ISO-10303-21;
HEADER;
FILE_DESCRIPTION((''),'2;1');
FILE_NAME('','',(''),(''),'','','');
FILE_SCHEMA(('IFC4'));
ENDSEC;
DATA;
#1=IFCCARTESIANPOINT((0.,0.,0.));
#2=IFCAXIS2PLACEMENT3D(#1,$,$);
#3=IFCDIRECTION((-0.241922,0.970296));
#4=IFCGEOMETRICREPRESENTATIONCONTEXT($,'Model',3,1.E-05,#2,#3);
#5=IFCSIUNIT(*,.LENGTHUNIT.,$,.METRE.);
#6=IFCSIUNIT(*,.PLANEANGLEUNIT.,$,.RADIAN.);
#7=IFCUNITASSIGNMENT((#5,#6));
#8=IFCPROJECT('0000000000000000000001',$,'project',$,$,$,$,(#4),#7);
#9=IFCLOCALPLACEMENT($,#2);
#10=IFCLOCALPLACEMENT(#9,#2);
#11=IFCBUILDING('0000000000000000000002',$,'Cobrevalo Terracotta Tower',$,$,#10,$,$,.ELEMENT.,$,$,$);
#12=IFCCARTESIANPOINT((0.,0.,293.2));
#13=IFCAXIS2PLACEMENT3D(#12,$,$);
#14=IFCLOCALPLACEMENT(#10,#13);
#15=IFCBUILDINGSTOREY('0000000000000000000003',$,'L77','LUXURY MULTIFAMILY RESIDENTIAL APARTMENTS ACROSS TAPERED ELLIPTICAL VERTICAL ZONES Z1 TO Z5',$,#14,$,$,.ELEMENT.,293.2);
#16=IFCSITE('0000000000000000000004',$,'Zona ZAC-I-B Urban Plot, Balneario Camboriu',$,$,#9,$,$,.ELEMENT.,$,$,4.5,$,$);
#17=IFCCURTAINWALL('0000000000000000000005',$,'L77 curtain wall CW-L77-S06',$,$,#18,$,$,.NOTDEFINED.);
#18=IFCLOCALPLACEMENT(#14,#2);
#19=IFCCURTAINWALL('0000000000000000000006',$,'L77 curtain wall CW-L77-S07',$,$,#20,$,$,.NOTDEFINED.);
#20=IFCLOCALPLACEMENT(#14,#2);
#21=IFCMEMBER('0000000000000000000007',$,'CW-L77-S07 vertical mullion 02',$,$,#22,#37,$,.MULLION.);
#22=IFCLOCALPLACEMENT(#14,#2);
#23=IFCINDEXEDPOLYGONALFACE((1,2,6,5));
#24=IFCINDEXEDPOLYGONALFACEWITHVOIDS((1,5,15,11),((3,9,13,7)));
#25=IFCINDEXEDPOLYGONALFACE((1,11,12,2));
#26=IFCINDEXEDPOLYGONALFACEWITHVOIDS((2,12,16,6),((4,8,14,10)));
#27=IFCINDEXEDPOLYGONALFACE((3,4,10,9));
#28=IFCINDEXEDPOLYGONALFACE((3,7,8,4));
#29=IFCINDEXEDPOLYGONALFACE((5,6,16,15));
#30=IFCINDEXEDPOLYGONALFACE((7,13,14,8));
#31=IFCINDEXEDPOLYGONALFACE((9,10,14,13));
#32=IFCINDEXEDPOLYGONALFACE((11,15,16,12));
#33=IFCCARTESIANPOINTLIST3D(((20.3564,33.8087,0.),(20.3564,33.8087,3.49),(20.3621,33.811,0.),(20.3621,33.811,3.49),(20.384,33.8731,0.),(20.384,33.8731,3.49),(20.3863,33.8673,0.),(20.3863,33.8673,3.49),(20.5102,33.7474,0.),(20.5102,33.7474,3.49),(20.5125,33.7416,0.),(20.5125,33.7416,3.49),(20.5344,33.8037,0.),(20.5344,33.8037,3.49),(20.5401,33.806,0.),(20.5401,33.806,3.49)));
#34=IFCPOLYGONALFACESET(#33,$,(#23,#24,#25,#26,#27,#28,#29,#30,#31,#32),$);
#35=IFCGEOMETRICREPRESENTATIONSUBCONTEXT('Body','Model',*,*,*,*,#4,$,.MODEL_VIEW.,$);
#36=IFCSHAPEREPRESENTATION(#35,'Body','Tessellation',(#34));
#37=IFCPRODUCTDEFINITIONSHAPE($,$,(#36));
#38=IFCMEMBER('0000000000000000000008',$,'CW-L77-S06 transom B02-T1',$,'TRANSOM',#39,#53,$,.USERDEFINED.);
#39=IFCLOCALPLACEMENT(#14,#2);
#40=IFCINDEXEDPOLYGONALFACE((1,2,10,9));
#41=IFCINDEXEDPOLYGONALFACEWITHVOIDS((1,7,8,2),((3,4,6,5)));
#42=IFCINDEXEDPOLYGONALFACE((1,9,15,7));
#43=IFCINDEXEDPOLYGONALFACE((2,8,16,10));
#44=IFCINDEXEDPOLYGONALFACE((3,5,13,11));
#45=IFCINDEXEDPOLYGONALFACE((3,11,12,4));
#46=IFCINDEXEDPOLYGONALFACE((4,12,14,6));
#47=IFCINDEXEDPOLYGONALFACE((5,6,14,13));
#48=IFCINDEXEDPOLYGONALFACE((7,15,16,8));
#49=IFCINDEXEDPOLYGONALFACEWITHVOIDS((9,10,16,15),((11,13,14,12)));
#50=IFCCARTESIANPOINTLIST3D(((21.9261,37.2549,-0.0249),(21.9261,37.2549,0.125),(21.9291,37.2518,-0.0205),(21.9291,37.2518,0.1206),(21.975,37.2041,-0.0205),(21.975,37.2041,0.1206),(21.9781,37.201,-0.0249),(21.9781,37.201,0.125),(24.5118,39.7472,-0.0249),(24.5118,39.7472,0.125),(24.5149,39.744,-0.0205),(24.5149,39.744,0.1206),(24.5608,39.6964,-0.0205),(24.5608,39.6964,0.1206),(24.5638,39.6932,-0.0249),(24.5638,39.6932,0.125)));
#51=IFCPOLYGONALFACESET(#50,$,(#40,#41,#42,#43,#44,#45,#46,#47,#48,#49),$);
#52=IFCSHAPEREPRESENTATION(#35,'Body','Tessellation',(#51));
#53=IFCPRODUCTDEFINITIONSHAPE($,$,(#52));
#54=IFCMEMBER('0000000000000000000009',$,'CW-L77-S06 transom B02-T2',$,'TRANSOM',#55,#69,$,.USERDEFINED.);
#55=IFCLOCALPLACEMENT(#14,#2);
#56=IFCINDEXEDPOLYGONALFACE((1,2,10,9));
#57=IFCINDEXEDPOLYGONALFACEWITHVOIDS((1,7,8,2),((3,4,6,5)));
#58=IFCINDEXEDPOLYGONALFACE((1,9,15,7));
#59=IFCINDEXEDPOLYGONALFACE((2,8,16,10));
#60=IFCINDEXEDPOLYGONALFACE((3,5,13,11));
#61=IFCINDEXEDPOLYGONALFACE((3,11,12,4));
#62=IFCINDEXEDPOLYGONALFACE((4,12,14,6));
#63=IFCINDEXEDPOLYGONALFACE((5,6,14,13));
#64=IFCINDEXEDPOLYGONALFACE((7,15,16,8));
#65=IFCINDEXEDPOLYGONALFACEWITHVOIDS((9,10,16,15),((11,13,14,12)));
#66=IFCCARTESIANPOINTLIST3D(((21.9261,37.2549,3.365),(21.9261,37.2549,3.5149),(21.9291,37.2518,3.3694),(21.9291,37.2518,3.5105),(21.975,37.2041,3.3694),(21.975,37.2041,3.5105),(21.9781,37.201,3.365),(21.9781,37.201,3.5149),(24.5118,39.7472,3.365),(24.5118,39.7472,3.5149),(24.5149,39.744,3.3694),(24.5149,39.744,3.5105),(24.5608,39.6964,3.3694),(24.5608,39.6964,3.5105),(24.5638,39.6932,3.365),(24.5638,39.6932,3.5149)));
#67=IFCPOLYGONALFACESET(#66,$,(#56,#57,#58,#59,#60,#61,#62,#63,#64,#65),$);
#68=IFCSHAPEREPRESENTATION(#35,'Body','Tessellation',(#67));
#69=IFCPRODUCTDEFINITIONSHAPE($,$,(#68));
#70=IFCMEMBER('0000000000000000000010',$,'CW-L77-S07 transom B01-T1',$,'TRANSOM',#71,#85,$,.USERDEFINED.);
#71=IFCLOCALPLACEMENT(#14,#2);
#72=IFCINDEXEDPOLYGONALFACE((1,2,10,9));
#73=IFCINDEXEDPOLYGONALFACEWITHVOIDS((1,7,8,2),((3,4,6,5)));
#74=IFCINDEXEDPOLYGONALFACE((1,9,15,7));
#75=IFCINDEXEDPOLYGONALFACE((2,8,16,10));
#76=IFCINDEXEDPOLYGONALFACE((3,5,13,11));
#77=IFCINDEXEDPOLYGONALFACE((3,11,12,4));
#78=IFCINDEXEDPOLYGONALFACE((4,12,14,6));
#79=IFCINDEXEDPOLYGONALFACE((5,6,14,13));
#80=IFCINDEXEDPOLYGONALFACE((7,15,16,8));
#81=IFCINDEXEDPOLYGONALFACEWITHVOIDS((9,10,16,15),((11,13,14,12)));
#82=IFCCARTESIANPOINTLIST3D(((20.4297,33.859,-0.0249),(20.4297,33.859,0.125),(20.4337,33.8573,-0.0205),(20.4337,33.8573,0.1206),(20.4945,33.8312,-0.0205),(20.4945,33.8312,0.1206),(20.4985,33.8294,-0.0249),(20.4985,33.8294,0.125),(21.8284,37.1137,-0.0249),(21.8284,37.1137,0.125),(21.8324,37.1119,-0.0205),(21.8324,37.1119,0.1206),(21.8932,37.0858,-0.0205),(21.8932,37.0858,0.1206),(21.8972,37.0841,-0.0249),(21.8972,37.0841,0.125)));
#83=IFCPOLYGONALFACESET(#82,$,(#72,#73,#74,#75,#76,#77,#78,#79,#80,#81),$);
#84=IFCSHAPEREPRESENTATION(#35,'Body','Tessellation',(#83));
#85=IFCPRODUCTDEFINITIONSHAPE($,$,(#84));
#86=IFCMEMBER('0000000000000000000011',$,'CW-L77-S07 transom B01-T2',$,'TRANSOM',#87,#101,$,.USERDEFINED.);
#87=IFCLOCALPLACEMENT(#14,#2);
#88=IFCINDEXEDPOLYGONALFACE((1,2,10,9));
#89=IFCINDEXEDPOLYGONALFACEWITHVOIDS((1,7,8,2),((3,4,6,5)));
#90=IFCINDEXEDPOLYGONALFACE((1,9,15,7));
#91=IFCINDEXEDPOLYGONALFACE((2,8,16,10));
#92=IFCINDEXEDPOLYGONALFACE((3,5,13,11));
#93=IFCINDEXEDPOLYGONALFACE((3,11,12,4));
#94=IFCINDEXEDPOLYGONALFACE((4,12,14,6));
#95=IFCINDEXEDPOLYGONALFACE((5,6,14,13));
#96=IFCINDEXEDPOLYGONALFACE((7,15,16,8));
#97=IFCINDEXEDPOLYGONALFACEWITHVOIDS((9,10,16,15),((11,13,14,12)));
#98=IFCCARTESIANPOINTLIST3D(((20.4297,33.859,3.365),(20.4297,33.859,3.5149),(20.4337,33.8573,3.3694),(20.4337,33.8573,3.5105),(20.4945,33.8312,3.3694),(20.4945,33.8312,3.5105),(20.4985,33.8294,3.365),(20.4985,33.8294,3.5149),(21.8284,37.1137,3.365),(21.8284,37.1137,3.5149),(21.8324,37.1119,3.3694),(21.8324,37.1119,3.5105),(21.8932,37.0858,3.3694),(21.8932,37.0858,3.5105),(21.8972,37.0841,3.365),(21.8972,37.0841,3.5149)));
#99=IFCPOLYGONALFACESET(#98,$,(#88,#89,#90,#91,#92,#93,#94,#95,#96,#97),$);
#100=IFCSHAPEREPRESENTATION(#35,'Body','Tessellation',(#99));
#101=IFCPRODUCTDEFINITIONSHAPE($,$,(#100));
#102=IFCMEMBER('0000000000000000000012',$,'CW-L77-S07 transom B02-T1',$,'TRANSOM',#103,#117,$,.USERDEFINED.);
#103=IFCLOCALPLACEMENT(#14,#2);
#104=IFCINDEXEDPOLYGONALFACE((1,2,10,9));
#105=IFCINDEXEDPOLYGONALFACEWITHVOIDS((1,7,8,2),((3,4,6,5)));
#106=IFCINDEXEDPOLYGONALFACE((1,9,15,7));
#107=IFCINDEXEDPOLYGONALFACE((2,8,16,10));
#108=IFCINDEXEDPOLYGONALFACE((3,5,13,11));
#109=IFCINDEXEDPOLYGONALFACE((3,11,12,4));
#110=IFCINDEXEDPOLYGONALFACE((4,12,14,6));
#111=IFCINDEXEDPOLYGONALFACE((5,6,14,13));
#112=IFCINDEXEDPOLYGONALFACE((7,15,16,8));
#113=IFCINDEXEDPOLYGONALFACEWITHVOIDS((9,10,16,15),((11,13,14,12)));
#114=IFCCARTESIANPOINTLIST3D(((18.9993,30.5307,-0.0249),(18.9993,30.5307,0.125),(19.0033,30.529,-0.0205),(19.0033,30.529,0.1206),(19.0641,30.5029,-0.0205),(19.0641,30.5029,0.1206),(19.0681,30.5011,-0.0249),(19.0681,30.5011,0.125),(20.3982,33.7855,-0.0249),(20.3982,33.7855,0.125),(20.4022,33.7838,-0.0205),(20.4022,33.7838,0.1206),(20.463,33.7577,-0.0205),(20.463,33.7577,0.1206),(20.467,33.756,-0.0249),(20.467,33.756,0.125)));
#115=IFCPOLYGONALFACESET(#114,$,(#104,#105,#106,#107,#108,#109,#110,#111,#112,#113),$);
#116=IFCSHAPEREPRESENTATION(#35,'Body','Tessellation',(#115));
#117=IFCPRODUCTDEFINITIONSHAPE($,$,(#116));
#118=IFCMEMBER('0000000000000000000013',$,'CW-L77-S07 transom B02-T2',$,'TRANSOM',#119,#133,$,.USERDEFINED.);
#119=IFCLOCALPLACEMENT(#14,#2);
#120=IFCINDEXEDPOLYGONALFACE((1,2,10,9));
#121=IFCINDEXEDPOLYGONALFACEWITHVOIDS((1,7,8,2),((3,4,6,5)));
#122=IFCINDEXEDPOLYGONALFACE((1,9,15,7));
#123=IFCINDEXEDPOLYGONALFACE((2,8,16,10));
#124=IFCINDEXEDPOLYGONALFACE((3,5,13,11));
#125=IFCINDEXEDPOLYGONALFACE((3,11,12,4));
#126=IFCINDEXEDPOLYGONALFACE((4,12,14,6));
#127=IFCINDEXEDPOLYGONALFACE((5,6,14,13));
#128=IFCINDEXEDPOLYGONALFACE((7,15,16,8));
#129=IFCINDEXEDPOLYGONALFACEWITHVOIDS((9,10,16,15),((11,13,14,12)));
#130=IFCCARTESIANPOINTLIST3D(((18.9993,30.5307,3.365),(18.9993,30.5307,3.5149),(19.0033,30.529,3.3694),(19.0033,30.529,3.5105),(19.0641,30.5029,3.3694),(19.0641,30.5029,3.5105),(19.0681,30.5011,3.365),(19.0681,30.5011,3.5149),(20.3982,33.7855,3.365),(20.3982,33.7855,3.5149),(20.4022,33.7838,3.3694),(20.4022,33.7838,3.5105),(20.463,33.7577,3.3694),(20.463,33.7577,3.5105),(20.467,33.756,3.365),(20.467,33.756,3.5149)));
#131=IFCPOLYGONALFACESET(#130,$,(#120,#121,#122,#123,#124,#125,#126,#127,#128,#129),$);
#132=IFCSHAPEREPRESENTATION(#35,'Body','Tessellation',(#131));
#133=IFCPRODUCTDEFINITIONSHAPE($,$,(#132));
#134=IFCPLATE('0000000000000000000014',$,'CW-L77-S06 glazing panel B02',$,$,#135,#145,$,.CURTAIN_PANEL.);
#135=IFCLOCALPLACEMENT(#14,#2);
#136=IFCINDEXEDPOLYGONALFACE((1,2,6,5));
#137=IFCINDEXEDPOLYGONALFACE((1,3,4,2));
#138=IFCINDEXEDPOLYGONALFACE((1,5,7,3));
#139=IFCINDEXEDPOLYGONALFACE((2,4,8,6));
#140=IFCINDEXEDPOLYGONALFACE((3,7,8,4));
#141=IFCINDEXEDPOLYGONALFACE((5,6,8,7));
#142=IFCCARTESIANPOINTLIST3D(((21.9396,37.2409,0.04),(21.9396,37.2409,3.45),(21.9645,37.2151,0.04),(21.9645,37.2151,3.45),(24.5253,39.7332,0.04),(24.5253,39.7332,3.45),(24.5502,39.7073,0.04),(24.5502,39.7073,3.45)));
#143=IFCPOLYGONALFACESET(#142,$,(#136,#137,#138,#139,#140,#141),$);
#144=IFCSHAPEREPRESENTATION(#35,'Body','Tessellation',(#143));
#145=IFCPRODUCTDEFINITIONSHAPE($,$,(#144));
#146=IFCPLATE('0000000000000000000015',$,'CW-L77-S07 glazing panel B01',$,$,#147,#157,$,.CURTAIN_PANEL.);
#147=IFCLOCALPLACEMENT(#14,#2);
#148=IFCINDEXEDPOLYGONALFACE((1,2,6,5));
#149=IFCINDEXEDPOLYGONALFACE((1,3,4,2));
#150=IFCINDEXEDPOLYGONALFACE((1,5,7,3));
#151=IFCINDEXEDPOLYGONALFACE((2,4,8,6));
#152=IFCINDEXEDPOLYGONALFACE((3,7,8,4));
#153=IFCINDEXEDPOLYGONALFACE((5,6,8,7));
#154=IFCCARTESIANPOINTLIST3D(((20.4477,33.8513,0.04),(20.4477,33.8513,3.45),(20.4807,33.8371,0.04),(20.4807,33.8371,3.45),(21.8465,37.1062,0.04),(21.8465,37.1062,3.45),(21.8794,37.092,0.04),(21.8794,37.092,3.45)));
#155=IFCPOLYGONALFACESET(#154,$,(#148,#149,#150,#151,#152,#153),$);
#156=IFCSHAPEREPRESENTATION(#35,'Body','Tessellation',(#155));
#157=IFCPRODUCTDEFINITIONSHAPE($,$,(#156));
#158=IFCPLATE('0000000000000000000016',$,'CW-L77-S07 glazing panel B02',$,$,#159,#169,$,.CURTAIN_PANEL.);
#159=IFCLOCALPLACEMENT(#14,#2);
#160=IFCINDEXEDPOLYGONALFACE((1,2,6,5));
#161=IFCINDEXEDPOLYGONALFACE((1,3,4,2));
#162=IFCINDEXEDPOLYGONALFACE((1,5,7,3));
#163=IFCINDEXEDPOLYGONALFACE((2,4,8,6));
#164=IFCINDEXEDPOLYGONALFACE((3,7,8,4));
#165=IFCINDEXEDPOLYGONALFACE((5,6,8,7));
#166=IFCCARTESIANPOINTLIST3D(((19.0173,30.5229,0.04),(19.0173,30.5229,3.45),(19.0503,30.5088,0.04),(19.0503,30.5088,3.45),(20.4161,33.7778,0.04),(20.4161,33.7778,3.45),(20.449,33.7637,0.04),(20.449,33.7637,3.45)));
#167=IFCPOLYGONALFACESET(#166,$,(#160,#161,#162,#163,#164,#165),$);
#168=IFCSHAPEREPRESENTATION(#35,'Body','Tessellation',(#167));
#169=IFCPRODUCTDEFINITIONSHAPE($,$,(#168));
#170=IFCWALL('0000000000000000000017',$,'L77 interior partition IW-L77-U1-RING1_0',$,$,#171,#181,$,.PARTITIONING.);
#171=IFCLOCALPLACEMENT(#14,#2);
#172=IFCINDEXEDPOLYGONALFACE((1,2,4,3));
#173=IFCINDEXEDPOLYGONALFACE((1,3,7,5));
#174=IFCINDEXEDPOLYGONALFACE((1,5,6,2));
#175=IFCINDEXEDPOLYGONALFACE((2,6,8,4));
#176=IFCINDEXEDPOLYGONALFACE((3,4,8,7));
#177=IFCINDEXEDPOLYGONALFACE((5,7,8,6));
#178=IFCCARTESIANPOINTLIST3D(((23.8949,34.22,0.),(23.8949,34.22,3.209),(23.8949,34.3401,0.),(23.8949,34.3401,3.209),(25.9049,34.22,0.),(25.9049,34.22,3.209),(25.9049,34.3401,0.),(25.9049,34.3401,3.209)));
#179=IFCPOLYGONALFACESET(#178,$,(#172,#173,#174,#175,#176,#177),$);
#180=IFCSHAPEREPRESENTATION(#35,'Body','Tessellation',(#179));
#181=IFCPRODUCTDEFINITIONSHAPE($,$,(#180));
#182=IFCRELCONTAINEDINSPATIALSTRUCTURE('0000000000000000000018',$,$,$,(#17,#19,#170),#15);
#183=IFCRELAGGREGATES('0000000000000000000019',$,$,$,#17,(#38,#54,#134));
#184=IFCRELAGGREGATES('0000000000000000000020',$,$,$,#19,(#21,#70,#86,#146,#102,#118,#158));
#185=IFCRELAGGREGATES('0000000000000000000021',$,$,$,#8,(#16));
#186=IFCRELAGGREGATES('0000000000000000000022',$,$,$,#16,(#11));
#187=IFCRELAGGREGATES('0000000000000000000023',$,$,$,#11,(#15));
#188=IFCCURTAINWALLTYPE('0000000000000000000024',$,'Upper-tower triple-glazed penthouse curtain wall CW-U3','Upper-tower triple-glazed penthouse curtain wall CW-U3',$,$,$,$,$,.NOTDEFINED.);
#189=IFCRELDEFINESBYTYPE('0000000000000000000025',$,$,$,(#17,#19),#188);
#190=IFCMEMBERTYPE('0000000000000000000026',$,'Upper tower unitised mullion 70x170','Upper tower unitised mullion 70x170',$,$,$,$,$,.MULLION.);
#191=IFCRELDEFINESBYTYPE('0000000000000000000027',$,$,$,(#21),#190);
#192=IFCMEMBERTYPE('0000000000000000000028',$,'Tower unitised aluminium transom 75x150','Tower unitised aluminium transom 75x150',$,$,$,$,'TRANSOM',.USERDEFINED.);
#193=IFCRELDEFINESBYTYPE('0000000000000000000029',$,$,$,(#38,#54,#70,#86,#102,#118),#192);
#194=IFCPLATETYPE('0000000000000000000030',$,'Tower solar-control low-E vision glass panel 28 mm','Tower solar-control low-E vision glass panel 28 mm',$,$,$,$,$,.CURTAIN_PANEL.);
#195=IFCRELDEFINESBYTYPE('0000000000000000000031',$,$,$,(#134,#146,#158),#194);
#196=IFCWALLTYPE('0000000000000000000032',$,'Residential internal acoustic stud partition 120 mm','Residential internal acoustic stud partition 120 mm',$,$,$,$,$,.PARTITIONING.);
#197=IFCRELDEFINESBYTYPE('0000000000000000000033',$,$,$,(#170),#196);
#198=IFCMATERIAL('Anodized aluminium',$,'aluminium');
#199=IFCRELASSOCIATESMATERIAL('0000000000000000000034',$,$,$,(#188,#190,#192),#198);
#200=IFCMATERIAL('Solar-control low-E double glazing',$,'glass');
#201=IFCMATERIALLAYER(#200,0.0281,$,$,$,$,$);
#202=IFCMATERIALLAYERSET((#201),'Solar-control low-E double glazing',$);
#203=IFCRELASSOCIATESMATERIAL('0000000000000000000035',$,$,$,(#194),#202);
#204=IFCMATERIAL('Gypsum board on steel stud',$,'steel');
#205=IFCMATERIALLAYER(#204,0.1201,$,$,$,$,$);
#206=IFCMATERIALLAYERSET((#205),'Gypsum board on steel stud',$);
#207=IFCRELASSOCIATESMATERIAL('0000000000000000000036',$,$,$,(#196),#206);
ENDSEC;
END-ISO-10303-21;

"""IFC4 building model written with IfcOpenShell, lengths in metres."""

from ifc_helpers import new_model, si_unit, direction, frame, frame_2d, origin, origin_2d, place, context, subcontext, project, spatial, rectangle, hollow_rectangle, extrude, source, transform, mapped, material, layer, layer_set, material_profile, profile_set, type_object, element, aggregate, save


model = new_model("IFC4")

# Units and contexts
model_context = context("Model", 3, precision=1e-05, world=origin(), true_north=direction((-0.241922, 0.970296)))
body_context = subcontext(model_context, "Body", "Model", "MODEL_VIEW")
ifc_project = project(units=[si_unit("LENGTHUNIT", "METRE"), si_unit("PLANEANGLEUNIT", "RADIAN")], contexts=[model_context])

# Site, building, storey
site_placement = place(None, origin())
site = spatial("IfcSite", under=ifc_project, at=site_placement, Name="Zona ZAC-I-B Urban Plot, Balneario Camboriu", CompositionType="ELEMENT", RefElevation=4.5)
building_placement = place(site_placement, origin())
building = spatial("IfcBuilding", under=site, at=building_placement, Name="Cobrevalo Terracotta Tower", CompositionType="ELEMENT")
storey_placement = place(building_placement, frame((0.0, 0.0, 293.2)))
storey = spatial("IfcBuildingStorey", under=building, at=storey_placement, Name="L77", Description="LUXURY MULTIFAMILY RESIDENTIAL APARTMENTS ACROSS TAPERED ELLIPTICAL VERTICAL ZONES Z1 TO Z5", CompositionType="ELEMENT", Elevation=293.2)

# Curtain walls, member
ifc_material_1 = material(Name="Anodized aluminium", Category="aluminium")
curtain_wall_type = type_object("IfcCurtainWallType", Name="Upper-tower triple-glazed penthouse curtain wall CW-U3", Description="Upper-tower triple-glazed penthouse curtain wall CW-U3", PredefinedType="NOTDEFINED", material=ifc_material_1)
curtain_wall_1_placement = place(storey_placement, origin())
curtain_wall_1 = element("IfcCurtainWall", 1, at=curtain_wall_1_placement, inside=storey, type_object=curtain_wall_type, Name="L77 curtain wall CW-L77-S06", PredefinedType="NOTDEFINED")
ifc_material_profile_1 = material_profile(ifc_material_1, hollow_rectangle(XDim=0.0701, YDim=0.1699, WallThickness=0.0044, at=origin_2d()), Name="CWM 70x170")
ifc_profile_set_1 = profile_set([ifc_material_profile_1], Name="Anodized aluminium")
member_type_1 = type_object("IfcMemberType", Name="Upper tower unitised mullion 70x170", Description="Upper tower unitised mullion 70x170", PredefinedType="MULLION", material=ifc_profile_set_1)
shared_shape_1 = source(origin(), body_context, "Body", "SweptSolid", [
    extrude(hollow_rectangle(XDim=0.0701, YDim=0.1699, WallThickness=0.0044, at=origin_2d()), origin(), (0.0, 0.0, 1.0), 3.49),
])
curtain_wall_2_placement = place(storey_placement, origin())
curtain_wall_2 = element("IfcCurtainWall", 2, at=curtain_wall_2_placement, inside=storey, type_object=curtain_wall_type, Name="L77 curtain wall CW-L77-S07", PredefinedType="NOTDEFINED")
member_1_placement = place(storey_placement, frame((20.4482, 33.8074, 0.0), z_axis=(0.0, 0.0, 1.0), x_axis=(-0.394824, -0.918757, 0.0)))
member_1 = element("IfcMember", 3, at=member_1_placement, type_object=member_type_1, Name="CW-L77-S07 vertical mullion 02", PredefinedType="MULLION", context=body_context, shape_type="MappedRepresentation", body=[
    mapped(shared_shape_1, transform((0.0, 0.0, 0.0), scale=1.0)),
])

# Members
ifc_material_profile_2 = material_profile(ifc_material_1, hollow_rectangle(XDim=0.075, YDim=0.1499, WallThickness=0.0044, at=origin_2d()), Name="CWT 75x150")
ifc_profile_set_2 = profile_set([ifc_material_profile_2], Name="Anodized aluminium")
member_type_2 = type_object("IfcMemberType", Name="Tower unitised aluminium transom 75x150", Description="Tower unitised aluminium transom 75x150", ElementType="TRANSOM", PredefinedType="USERDEFINED", material=ifc_profile_set_2)
shared_shape_2 = source(origin(), body_context, "Body", "SweptSolid", [
    extrude(hollow_rectangle(XDim=0.075, YDim=0.1499, WallThickness=0.0044, at=origin_2d()), origin(), (0.0, 0.0, 1.0), 3.5913),
])
member_2_placement = place(storey_placement, frame((24.5378, 39.7202, 0.05), z_axis=(-0.720006, -0.693968, 0.0), x_axis=(0.693968, -0.720006, 0.0)))
member_2 = element("IfcMember", 4, at=member_2_placement, type_object=member_type_2, Name="CW-L77-S06 transom B02-T1", ObjectType="TRANSOM", PredefinedType="USERDEFINED", context=body_context, shape_type="MappedRepresentation", body=[
    mapped(shared_shape_2, transform((0.0, 0.0, 0.0), scale=1.0)),
])
member_3_placement = place(storey_placement, frame((24.5378, 39.7202, 3.4399), z_axis=(-0.720006, -0.693968, 0.0), x_axis=(0.693968, -0.720006, 0.0)))
member_3 = element("IfcMember", 5, at=member_3_placement, type_object=member_type_2, Name="CW-L77-S06 transom B02-T2", ObjectType="TRANSOM", PredefinedType="USERDEFINED", context=body_context, shape_type="MappedRepresentation", body=[
    mapped(shared_shape_2, transform((0.0, 0.0, 0.0), scale=1.0)),
])
shared_shape_3 = source(origin(), body_context, "Body", "SweptSolid", [
    extrude(hollow_rectangle(XDim=0.075, YDim=0.1499, WallThickness=0.0044, at=origin_2d()), origin(), (0.0, 0.0, 1.0), 3.5425),
])
member_4_placement = place(storey_placement, frame((21.8628, 37.0989, 0.05), z_axis=(-0.394834, -0.918752, 0.0), x_axis=(0.918752, -0.394834, 0.0)))
member_4 = element("IfcMember", 6, at=member_4_placement, type_object=member_type_2, Name="CW-L77-S07 transom B01-T1", ObjectType="TRANSOM", PredefinedType="USERDEFINED", context=body_context, shape_type="MappedRepresentation", body=[
    mapped(shared_shape_3, transform((0.0, 0.0, 0.0), scale=1.0)),
])
member_5_placement = place(storey_placement, frame((21.8628, 37.0989, 3.4399), z_axis=(-0.394834, -0.918752, 0.0), x_axis=(0.918752, -0.394834, 0.0)))
member_5 = element("IfcMember", 7, at=member_5_placement, type_object=member_type_2, Name="CW-L77-S07 transom B01-T2", ObjectType="TRANSOM", PredefinedType="USERDEFINED", context=body_context, shape_type="MappedRepresentation", body=[
    mapped(shared_shape_3, transform((0.0, 0.0, 0.0), scale=1.0)),
])
shared_shape_4 = source(origin(), body_context, "Body", "SweptSolid", [
    extrude(hollow_rectangle(XDim=0.075, YDim=0.1499, WallThickness=0.0044, at=origin_2d()), origin(), (0.0, 0.0, 1.0), 3.5427),
])
member_6_placement = place(storey_placement, frame((20.4326, 33.7708, 0.05), z_axis=(-0.394867, -0.918738, 0.0), x_axis=(0.918738, -0.394867, 0.0)))
member_6 = element("IfcMember", 8, at=member_6_placement, type_object=member_type_2, Name="CW-L77-S07 transom B02-T1", ObjectType="TRANSOM", PredefinedType="USERDEFINED", context=body_context, shape_type="MappedRepresentation", body=[
    mapped(shared_shape_4, transform((0.0, 0.0, 0.0), scale=1.0)),
])
member_7_placement = place(storey_placement, frame((20.4326, 33.7708, 3.4399), z_axis=(-0.394867, -0.918738, 0.0), x_axis=(0.918738, -0.394867, 0.0)))
member_7 = element("IfcMember", 9, at=member_7_placement, type_object=member_type_2, Name="CW-L77-S07 transom B02-T2", ObjectType="TRANSOM", PredefinedType="USERDEFINED", context=body_context, shape_type="MappedRepresentation", body=[
    mapped(shared_shape_4, transform((0.0, 0.0, 0.0), scale=1.0)),
])

# Plates
ifc_material_2 = material(Name="Solar-control low-E double glazing", Category="glass")
ifc_layer_1 = layer(ifc_material_2, 0.0281)
ifc_layer_set_1 = layer_set([ifc_layer_1], Name="Solar-control low-E double glazing")
plate_type = type_object("IfcPlateType", Name="Tower solar-control low-E vision glass panel 28 mm", Description="Tower solar-control low-E vision glass panel 28 mm", PredefinedType="CURTAIN_PANEL", material=ifc_layer_set_1)
shared_shape_5 = source(origin(), body_context, "Body", "SweptSolid", [
    extrude(rectangle(XDim=3.5913, YDim=0.0359, at=origin_2d()), origin(), (0.0, 0.0, 1.0), 3.4099),
])
plate_1_placement = place(storey_placement, frame((23.2449, 38.4741, 0.04), z_axis=(0.0, 0.0, 1.0), x_axis=(-0.719997, -0.693978, 0.0)))
plate_1 = element("IfcPlate", 10, at=plate_1_placement, type_object=plate_type, Name="CW-L77-S06 glazing panel B02", PredefinedType="CURTAIN_PANEL", context=body_context, shape_type="MappedRepresentation", body=[
    mapped(shared_shape_5, transform((0.0, 0.0, 0.0), scale=1.0)),
])
aggregate(curtain_wall_1, [member_2, member_3, plate_1])
shared_shape_6 = source(origin(), body_context, "Body", "SweptSolid", [
    extrude(rectangle(XDim=3.5427, YDim=0.0359, at=origin_2d()), origin(), (0.0, 0.0, 1.0), 3.4099),
])
plate_2_placement = place(storey_placement, frame((21.1636, 35.4717, 0.04), z_axis=(0.0, 0.0, 1.0), x_axis=(-0.394829, -0.918755, 0.0)))
plate_2 = element("IfcPlate", 11, at=plate_2_placement, type_object=plate_type, Name="CW-L77-S07 glazing panel B01", PredefinedType="CURTAIN_PANEL", context=body_context, shape_type="MappedRepresentation", body=[
    mapped(shared_shape_6, transform((0.0, 0.0, 0.0), scale=1.0)),
])
plate_3_placement = place(storey_placement, frame((19.7332, 32.1433, 0.04), z_axis=(0.0, 0.0, 1.0), x_axis=(-0.394829, -0.918755, 0.0)))
plate_3 = element("IfcPlate", 12, at=plate_3_placement, type_object=plate_type, Name="CW-L77-S07 glazing panel B02", PredefinedType="CURTAIN_PANEL", context=body_context, shape_type="MappedRepresentation", body=[
    mapped(shared_shape_6, transform((0.0, 0.0, 0.0), scale=1.0)),
])
aggregate(curtain_wall_2, [member_1, member_4, member_5, plate_2, member_6, member_7, plate_3])

# Wall
ifc_material_3 = material(Name="Gypsum board on steel stud", Category="steel")
ifc_layer_2 = layer(ifc_material_3, 0.1201)
ifc_layer_set_2 = layer_set([ifc_layer_2], Name="Gypsum board on steel stud")
wall_type = type_object("IfcWallType", Name="Residential internal acoustic stud partition 120 mm", Description="Residential internal acoustic stud partition 120 mm", PredefinedType="PARTITIONING", material=ifc_layer_set_2)
wall_1_placement = place(storey_placement, frame((23.895, 34.28, 0.0), z_axis=(0.0, 0.0, 1.0), x_axis=(1.0, 0.0, 0.0)))
element("IfcWall", 13, at=wall_1_placement, inside=storey, type_object=wall_type, Name="L77 interior partition IW-L77-U1-RING1_0", PredefinedType="PARTITIONING", context=body_context, shape_type="SweptSolid", body=[
    extrude(rectangle(XDim=2.01, YDim=0.1201, at=frame_2d((1.0049, 0.0))), origin(), (0.0, 0.0, 1.0), 3.209),
])

save(model, "model.ifc")
